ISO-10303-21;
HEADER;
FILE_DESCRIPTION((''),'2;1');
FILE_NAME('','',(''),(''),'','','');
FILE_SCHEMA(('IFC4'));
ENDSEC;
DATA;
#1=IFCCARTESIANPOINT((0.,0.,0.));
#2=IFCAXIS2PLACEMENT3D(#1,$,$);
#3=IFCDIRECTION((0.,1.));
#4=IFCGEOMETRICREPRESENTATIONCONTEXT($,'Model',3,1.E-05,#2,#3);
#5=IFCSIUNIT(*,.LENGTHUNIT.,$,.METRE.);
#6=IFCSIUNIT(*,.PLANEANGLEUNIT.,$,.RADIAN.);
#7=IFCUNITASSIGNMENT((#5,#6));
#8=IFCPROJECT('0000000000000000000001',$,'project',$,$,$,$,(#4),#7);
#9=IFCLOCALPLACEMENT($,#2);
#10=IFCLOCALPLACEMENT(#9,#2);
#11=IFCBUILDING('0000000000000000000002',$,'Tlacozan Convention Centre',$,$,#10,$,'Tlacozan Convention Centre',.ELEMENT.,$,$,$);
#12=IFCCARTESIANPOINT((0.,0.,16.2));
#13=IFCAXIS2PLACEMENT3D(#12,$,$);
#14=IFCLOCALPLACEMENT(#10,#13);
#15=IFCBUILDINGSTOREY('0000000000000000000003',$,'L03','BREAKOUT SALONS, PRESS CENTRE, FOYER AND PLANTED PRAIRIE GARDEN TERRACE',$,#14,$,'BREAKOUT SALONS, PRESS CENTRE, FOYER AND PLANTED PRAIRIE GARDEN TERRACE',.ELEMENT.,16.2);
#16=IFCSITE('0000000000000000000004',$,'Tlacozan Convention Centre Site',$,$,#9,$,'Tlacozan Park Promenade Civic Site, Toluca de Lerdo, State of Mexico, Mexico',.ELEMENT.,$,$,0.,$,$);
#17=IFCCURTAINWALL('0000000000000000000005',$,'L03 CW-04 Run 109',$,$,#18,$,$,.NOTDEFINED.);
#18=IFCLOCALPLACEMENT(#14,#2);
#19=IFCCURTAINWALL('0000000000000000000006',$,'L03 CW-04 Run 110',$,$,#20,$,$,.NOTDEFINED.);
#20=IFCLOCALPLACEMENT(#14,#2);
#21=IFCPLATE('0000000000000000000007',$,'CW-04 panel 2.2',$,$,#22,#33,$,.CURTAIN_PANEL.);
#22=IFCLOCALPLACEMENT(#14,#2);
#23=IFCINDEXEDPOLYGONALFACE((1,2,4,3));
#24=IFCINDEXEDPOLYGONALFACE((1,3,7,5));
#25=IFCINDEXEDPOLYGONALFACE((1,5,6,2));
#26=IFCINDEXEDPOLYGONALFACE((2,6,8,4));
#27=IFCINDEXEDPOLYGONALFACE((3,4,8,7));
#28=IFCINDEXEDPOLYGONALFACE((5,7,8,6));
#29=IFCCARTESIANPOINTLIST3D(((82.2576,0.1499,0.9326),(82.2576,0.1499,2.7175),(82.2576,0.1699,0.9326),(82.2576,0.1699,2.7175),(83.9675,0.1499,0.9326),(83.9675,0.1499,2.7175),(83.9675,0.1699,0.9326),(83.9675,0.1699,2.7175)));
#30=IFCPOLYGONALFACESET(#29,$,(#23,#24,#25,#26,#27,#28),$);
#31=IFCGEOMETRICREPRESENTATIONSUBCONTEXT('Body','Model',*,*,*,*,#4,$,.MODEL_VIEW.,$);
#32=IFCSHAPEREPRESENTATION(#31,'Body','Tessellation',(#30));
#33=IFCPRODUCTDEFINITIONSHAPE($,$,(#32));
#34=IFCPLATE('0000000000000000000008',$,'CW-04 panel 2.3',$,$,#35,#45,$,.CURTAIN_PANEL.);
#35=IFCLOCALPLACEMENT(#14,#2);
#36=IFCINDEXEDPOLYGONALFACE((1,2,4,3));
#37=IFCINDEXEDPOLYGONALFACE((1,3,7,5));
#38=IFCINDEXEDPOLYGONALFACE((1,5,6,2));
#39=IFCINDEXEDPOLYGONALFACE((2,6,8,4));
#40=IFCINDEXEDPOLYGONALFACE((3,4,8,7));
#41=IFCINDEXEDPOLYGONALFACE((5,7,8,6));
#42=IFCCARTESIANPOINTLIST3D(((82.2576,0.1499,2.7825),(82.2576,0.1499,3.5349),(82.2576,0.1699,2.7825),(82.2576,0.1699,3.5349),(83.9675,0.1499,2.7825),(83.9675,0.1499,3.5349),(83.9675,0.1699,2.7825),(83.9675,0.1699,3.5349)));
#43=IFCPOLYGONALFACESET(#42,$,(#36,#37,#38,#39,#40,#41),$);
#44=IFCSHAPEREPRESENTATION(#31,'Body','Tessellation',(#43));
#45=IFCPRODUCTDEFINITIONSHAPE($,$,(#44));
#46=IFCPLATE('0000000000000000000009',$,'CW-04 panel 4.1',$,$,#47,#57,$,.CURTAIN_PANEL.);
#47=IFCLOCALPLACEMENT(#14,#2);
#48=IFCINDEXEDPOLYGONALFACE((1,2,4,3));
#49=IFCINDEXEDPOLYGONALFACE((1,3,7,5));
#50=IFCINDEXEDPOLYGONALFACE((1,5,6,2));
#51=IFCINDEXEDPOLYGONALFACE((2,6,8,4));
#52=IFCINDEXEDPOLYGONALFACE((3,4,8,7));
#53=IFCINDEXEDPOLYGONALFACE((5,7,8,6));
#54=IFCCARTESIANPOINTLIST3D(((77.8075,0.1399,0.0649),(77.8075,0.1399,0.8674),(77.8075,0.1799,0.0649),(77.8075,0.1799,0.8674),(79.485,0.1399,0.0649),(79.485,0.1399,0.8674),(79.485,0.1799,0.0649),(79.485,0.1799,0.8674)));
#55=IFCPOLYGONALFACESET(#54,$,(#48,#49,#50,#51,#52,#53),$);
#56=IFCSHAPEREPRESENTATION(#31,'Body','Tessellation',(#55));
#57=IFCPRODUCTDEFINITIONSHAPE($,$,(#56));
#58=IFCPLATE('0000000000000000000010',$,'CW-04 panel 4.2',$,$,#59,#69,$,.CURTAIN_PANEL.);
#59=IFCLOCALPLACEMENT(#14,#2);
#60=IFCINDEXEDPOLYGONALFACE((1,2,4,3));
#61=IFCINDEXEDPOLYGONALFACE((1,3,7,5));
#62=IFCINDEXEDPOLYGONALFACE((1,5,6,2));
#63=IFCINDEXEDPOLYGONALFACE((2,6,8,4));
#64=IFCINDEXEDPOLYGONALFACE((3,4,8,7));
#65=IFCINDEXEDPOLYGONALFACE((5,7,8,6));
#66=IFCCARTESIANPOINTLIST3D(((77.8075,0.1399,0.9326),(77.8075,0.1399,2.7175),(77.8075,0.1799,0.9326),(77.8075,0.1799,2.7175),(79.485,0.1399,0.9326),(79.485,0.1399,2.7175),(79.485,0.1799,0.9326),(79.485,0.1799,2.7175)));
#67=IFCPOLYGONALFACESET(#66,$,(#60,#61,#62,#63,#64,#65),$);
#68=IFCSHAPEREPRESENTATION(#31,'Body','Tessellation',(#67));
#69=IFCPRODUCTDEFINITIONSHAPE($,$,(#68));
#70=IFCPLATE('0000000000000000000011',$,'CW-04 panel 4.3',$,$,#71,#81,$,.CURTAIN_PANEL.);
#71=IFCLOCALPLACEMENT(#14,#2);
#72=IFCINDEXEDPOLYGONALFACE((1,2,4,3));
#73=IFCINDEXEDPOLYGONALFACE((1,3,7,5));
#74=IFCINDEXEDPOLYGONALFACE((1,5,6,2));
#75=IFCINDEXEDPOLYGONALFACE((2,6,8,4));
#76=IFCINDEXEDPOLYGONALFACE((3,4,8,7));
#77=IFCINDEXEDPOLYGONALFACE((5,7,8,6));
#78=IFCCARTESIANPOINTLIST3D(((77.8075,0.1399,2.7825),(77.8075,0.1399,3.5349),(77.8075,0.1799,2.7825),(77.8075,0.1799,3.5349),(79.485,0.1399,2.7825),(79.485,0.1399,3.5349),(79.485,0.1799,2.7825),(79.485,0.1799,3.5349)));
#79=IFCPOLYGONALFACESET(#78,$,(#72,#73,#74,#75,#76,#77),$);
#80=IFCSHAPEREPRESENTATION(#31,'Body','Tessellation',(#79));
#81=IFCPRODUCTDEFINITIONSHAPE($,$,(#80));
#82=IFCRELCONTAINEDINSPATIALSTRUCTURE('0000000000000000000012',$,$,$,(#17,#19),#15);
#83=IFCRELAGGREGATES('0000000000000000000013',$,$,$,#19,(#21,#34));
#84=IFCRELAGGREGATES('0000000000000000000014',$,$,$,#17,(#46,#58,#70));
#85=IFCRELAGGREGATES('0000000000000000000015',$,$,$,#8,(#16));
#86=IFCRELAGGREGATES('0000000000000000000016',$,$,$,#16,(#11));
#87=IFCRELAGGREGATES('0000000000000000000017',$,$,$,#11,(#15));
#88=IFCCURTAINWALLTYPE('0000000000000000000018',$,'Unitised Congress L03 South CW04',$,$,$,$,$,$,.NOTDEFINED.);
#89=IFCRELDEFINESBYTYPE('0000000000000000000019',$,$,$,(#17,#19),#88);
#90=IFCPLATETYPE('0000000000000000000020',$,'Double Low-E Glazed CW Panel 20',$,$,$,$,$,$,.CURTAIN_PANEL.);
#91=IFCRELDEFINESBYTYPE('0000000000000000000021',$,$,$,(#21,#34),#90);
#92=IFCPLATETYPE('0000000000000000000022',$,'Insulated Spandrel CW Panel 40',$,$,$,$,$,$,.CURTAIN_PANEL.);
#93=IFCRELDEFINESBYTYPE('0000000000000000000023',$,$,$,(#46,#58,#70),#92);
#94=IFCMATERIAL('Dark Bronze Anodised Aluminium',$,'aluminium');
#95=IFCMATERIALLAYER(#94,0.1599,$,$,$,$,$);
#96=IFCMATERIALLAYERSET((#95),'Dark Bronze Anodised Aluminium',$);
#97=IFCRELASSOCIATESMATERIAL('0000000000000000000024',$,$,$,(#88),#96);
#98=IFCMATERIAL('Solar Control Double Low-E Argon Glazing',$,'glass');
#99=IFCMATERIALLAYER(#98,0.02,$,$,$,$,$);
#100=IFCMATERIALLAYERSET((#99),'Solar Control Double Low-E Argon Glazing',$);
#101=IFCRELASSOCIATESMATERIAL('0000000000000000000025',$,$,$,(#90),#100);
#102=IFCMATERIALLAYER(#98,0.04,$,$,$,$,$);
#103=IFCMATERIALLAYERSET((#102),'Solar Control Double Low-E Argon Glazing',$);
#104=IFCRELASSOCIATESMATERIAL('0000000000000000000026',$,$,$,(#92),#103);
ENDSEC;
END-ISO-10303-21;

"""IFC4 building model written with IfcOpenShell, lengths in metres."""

from ifc_helpers import new_model, si_unit, direction, frame, origin, origin_2d, place, context, subcontext, project, spatial, rectangle, extrude, material, layer, layer_set, type_object, element, aggregate, save


model = new_model("IFC4")

# Units and contexts
model_context = context("Model", 3, precision=1e-05, world=origin(), true_north=direction((0.0, 1.0)))
body_context = subcontext(model_context, "Body", "Model", "MODEL_VIEW")
ifc_project = project(units=[si_unit("LENGTHUNIT", "METRE"), si_unit("PLANEANGLEUNIT", "RADIAN")], contexts=[model_context])

# Site, building, storey
site_placement = place(None, origin())
site = spatial("IfcSite", under=ifc_project, at=site_placement, Name="Tlacozan Convention Centre Site", LongName="Tlacozan Park Promenade Civic Site, Toluca de Lerdo, State of Mexico, Mexico", CompositionType="ELEMENT", RefElevation=0.0)
building_placement = place(site_placement, origin())
building = spatial("IfcBuilding", under=site, at=building_placement, Name="Tlacozan Convention Centre", LongName="Tlacozan Convention Centre", CompositionType="ELEMENT")
storey_placement = place(building_placement, frame((0.0, 0.0, 16.2)))
storey = spatial("IfcBuildingStorey", under=building, at=storey_placement, Name="L03", Description="BREAKOUT SALONS, PRESS CENTRE, FOYER AND PLANTED PRAIRIE GARDEN TERRACE", LongName="BREAKOUT SALONS, PRESS CENTRE, FOYER AND PLANTED PRAIRIE GARDEN TERRACE", CompositionType="ELEMENT", Elevation=16.2)

# Curtain wall
ifc_material_1 = material(Name="Dark Bronze Anodised Aluminium", Category="aluminium")
ifc_layer_1 = layer(ifc_material_1, 0.1599)
ifc_layer_set_1 = layer_set([ifc_layer_1], Name="Dark Bronze Anodised Aluminium")
curtain_wall_type = type_object("IfcCurtainWallType", Name="Unitised Congress L03 South CW04", PredefinedType="NOTDEFINED", material=ifc_layer_set_1)
curtain_wall_1_placement = place(storey_placement, origin())
curtain_wall_1 = element("IfcCurtainWall", 1, at=curtain_wall_1_placement, inside=storey, type_object=curtain_wall_type, Name="L03 CW-04 Run 109", PredefinedType="NOTDEFINED")

# Curtain wall
curtain_wall_2_placement = place(storey_placement, origin())
curtain_wall_2 = element("IfcCurtainWall", 2, at=curtain_wall_2_placement, inside=storey, type_object=curtain_wall_type, Name="L03 CW-04 Run 110", PredefinedType="NOTDEFINED")

# Plates
ifc_material_2 = material(Name="Solar Control Double Low-E Argon Glazing", Category="glass")
ifc_layer_2 = layer(ifc_material_2, 0.02)
ifc_layer_set_2 = layer_set([ifc_layer_2], Name="Solar Control Double Low-E Argon Glazing")
plate_type_1 = type_object("IfcPlateType", Name="Double Low-E Glazed CW Panel 20", PredefinedType="CURTAIN_PANEL", material=ifc_layer_set_2)
plate_1_placement = place(storey_placement, frame((83.1125, 0.1599, 0.9326), z_axis=(0.0, 0.0, 1.0), x_axis=(1.0, 0.0, 0.0)))
plate_1 = element("IfcPlate", 3, at=plate_1_placement, type_object=plate_type_1, Name="CW-04 panel 2.2", PredefinedType="CURTAIN_PANEL", context=body_context, shape_type="SweptSolid", body=[
    extrude(rectangle(XDim=1.71, YDim=0.02, at=origin_2d()), origin(), (0.0, 0.0, 1.0), 1.7849),
])
plate_2_placement = place(storey_placement, frame((83.1125, 0.1599, 2.7825), z_axis=(0.0, 0.0, 1.0), x_axis=(1.0, 0.0, 0.0)))
plate_2 = element("IfcPlate", 4, at=plate_2_placement, type_object=plate_type_1, Name="CW-04 panel 2.3", PredefinedType="CURTAIN_PANEL", context=body_context, shape_type="SweptSolid", body=[
    extrude(rectangle(XDim=1.71, YDim=0.02, at=origin_2d()), origin(), (0.0, 0.0, 1.0), 0.7524),
])
aggregate(curtain_wall_2, [plate_1, plate_2])
ifc_layer_3 = layer(ifc_material_2, 0.04)
ifc_layer_set_3 = layer_set([ifc_layer_3], Name="Solar Control Double Low-E Argon Glazing")
plate_type_2 = type_object("IfcPlateType", Name="Insulated Spandrel CW Panel 40", PredefinedType="CURTAIN_PANEL", material=ifc_layer_set_3)
plate_3_placement = place(storey_placement, frame((78.6462, 0.1599, 0.0649), z_axis=(0.0, 0.0, 1.0), x_axis=(1.0, 0.0, 0.0)))
plate_3 = element("IfcPlate", 5, at=plate_3_placement, type_object=plate_type_2, Name="CW-04 panel 4.1", PredefinedType="CURTAIN_PANEL", context=body_context, shape_type="SweptSolid", body=[
    extrude(rectangle(XDim=1.6775, YDim=0.04, at=origin_2d()), origin(), (0.0, 0.0, 1.0), 0.8025),
])
plate_4_placement = place(storey_placement, frame((78.6462, 0.1599, 0.9326), z_axis=(0.0, 0.0, 1.0), x_axis=(1.0, 0.0, 0.0)))
plate_4 = element("IfcPlate", 6, at=plate_4_placement, type_object=plate_type_2, Name="CW-04 panel 4.2", PredefinedType="CURTAIN_PANEL", context=body_context, shape_type="SweptSolid", body=[
    extrude(rectangle(XDim=1.6775, YDim=0.04, at=origin_2d()), origin(), (0.0, 0.0, 1.0), 1.7849),
])
plate_5_placement = place(storey_placement, frame((78.6462, 0.1599, 2.7825), z_axis=(0.0, 0.0, 1.0), x_axis=(1.0, 0.0, 0.0)))
plate_5 = element("IfcPlate", 7, at=plate_5_placement, type_object=plate_type_2, Name="CW-04 panel 4.3", PredefinedType="CURTAIN_PANEL", context=body_context, shape_type="SweptSolid", body=[
    extrude(rectangle(XDim=1.6775, YDim=0.04, at=origin_2d()), origin(), (0.0, 0.0, 1.0), 0.7524),
])
aggregate(curtain_wall_1, [plate_3, plate_4, plate_5])

save(model, "model.ifc")
